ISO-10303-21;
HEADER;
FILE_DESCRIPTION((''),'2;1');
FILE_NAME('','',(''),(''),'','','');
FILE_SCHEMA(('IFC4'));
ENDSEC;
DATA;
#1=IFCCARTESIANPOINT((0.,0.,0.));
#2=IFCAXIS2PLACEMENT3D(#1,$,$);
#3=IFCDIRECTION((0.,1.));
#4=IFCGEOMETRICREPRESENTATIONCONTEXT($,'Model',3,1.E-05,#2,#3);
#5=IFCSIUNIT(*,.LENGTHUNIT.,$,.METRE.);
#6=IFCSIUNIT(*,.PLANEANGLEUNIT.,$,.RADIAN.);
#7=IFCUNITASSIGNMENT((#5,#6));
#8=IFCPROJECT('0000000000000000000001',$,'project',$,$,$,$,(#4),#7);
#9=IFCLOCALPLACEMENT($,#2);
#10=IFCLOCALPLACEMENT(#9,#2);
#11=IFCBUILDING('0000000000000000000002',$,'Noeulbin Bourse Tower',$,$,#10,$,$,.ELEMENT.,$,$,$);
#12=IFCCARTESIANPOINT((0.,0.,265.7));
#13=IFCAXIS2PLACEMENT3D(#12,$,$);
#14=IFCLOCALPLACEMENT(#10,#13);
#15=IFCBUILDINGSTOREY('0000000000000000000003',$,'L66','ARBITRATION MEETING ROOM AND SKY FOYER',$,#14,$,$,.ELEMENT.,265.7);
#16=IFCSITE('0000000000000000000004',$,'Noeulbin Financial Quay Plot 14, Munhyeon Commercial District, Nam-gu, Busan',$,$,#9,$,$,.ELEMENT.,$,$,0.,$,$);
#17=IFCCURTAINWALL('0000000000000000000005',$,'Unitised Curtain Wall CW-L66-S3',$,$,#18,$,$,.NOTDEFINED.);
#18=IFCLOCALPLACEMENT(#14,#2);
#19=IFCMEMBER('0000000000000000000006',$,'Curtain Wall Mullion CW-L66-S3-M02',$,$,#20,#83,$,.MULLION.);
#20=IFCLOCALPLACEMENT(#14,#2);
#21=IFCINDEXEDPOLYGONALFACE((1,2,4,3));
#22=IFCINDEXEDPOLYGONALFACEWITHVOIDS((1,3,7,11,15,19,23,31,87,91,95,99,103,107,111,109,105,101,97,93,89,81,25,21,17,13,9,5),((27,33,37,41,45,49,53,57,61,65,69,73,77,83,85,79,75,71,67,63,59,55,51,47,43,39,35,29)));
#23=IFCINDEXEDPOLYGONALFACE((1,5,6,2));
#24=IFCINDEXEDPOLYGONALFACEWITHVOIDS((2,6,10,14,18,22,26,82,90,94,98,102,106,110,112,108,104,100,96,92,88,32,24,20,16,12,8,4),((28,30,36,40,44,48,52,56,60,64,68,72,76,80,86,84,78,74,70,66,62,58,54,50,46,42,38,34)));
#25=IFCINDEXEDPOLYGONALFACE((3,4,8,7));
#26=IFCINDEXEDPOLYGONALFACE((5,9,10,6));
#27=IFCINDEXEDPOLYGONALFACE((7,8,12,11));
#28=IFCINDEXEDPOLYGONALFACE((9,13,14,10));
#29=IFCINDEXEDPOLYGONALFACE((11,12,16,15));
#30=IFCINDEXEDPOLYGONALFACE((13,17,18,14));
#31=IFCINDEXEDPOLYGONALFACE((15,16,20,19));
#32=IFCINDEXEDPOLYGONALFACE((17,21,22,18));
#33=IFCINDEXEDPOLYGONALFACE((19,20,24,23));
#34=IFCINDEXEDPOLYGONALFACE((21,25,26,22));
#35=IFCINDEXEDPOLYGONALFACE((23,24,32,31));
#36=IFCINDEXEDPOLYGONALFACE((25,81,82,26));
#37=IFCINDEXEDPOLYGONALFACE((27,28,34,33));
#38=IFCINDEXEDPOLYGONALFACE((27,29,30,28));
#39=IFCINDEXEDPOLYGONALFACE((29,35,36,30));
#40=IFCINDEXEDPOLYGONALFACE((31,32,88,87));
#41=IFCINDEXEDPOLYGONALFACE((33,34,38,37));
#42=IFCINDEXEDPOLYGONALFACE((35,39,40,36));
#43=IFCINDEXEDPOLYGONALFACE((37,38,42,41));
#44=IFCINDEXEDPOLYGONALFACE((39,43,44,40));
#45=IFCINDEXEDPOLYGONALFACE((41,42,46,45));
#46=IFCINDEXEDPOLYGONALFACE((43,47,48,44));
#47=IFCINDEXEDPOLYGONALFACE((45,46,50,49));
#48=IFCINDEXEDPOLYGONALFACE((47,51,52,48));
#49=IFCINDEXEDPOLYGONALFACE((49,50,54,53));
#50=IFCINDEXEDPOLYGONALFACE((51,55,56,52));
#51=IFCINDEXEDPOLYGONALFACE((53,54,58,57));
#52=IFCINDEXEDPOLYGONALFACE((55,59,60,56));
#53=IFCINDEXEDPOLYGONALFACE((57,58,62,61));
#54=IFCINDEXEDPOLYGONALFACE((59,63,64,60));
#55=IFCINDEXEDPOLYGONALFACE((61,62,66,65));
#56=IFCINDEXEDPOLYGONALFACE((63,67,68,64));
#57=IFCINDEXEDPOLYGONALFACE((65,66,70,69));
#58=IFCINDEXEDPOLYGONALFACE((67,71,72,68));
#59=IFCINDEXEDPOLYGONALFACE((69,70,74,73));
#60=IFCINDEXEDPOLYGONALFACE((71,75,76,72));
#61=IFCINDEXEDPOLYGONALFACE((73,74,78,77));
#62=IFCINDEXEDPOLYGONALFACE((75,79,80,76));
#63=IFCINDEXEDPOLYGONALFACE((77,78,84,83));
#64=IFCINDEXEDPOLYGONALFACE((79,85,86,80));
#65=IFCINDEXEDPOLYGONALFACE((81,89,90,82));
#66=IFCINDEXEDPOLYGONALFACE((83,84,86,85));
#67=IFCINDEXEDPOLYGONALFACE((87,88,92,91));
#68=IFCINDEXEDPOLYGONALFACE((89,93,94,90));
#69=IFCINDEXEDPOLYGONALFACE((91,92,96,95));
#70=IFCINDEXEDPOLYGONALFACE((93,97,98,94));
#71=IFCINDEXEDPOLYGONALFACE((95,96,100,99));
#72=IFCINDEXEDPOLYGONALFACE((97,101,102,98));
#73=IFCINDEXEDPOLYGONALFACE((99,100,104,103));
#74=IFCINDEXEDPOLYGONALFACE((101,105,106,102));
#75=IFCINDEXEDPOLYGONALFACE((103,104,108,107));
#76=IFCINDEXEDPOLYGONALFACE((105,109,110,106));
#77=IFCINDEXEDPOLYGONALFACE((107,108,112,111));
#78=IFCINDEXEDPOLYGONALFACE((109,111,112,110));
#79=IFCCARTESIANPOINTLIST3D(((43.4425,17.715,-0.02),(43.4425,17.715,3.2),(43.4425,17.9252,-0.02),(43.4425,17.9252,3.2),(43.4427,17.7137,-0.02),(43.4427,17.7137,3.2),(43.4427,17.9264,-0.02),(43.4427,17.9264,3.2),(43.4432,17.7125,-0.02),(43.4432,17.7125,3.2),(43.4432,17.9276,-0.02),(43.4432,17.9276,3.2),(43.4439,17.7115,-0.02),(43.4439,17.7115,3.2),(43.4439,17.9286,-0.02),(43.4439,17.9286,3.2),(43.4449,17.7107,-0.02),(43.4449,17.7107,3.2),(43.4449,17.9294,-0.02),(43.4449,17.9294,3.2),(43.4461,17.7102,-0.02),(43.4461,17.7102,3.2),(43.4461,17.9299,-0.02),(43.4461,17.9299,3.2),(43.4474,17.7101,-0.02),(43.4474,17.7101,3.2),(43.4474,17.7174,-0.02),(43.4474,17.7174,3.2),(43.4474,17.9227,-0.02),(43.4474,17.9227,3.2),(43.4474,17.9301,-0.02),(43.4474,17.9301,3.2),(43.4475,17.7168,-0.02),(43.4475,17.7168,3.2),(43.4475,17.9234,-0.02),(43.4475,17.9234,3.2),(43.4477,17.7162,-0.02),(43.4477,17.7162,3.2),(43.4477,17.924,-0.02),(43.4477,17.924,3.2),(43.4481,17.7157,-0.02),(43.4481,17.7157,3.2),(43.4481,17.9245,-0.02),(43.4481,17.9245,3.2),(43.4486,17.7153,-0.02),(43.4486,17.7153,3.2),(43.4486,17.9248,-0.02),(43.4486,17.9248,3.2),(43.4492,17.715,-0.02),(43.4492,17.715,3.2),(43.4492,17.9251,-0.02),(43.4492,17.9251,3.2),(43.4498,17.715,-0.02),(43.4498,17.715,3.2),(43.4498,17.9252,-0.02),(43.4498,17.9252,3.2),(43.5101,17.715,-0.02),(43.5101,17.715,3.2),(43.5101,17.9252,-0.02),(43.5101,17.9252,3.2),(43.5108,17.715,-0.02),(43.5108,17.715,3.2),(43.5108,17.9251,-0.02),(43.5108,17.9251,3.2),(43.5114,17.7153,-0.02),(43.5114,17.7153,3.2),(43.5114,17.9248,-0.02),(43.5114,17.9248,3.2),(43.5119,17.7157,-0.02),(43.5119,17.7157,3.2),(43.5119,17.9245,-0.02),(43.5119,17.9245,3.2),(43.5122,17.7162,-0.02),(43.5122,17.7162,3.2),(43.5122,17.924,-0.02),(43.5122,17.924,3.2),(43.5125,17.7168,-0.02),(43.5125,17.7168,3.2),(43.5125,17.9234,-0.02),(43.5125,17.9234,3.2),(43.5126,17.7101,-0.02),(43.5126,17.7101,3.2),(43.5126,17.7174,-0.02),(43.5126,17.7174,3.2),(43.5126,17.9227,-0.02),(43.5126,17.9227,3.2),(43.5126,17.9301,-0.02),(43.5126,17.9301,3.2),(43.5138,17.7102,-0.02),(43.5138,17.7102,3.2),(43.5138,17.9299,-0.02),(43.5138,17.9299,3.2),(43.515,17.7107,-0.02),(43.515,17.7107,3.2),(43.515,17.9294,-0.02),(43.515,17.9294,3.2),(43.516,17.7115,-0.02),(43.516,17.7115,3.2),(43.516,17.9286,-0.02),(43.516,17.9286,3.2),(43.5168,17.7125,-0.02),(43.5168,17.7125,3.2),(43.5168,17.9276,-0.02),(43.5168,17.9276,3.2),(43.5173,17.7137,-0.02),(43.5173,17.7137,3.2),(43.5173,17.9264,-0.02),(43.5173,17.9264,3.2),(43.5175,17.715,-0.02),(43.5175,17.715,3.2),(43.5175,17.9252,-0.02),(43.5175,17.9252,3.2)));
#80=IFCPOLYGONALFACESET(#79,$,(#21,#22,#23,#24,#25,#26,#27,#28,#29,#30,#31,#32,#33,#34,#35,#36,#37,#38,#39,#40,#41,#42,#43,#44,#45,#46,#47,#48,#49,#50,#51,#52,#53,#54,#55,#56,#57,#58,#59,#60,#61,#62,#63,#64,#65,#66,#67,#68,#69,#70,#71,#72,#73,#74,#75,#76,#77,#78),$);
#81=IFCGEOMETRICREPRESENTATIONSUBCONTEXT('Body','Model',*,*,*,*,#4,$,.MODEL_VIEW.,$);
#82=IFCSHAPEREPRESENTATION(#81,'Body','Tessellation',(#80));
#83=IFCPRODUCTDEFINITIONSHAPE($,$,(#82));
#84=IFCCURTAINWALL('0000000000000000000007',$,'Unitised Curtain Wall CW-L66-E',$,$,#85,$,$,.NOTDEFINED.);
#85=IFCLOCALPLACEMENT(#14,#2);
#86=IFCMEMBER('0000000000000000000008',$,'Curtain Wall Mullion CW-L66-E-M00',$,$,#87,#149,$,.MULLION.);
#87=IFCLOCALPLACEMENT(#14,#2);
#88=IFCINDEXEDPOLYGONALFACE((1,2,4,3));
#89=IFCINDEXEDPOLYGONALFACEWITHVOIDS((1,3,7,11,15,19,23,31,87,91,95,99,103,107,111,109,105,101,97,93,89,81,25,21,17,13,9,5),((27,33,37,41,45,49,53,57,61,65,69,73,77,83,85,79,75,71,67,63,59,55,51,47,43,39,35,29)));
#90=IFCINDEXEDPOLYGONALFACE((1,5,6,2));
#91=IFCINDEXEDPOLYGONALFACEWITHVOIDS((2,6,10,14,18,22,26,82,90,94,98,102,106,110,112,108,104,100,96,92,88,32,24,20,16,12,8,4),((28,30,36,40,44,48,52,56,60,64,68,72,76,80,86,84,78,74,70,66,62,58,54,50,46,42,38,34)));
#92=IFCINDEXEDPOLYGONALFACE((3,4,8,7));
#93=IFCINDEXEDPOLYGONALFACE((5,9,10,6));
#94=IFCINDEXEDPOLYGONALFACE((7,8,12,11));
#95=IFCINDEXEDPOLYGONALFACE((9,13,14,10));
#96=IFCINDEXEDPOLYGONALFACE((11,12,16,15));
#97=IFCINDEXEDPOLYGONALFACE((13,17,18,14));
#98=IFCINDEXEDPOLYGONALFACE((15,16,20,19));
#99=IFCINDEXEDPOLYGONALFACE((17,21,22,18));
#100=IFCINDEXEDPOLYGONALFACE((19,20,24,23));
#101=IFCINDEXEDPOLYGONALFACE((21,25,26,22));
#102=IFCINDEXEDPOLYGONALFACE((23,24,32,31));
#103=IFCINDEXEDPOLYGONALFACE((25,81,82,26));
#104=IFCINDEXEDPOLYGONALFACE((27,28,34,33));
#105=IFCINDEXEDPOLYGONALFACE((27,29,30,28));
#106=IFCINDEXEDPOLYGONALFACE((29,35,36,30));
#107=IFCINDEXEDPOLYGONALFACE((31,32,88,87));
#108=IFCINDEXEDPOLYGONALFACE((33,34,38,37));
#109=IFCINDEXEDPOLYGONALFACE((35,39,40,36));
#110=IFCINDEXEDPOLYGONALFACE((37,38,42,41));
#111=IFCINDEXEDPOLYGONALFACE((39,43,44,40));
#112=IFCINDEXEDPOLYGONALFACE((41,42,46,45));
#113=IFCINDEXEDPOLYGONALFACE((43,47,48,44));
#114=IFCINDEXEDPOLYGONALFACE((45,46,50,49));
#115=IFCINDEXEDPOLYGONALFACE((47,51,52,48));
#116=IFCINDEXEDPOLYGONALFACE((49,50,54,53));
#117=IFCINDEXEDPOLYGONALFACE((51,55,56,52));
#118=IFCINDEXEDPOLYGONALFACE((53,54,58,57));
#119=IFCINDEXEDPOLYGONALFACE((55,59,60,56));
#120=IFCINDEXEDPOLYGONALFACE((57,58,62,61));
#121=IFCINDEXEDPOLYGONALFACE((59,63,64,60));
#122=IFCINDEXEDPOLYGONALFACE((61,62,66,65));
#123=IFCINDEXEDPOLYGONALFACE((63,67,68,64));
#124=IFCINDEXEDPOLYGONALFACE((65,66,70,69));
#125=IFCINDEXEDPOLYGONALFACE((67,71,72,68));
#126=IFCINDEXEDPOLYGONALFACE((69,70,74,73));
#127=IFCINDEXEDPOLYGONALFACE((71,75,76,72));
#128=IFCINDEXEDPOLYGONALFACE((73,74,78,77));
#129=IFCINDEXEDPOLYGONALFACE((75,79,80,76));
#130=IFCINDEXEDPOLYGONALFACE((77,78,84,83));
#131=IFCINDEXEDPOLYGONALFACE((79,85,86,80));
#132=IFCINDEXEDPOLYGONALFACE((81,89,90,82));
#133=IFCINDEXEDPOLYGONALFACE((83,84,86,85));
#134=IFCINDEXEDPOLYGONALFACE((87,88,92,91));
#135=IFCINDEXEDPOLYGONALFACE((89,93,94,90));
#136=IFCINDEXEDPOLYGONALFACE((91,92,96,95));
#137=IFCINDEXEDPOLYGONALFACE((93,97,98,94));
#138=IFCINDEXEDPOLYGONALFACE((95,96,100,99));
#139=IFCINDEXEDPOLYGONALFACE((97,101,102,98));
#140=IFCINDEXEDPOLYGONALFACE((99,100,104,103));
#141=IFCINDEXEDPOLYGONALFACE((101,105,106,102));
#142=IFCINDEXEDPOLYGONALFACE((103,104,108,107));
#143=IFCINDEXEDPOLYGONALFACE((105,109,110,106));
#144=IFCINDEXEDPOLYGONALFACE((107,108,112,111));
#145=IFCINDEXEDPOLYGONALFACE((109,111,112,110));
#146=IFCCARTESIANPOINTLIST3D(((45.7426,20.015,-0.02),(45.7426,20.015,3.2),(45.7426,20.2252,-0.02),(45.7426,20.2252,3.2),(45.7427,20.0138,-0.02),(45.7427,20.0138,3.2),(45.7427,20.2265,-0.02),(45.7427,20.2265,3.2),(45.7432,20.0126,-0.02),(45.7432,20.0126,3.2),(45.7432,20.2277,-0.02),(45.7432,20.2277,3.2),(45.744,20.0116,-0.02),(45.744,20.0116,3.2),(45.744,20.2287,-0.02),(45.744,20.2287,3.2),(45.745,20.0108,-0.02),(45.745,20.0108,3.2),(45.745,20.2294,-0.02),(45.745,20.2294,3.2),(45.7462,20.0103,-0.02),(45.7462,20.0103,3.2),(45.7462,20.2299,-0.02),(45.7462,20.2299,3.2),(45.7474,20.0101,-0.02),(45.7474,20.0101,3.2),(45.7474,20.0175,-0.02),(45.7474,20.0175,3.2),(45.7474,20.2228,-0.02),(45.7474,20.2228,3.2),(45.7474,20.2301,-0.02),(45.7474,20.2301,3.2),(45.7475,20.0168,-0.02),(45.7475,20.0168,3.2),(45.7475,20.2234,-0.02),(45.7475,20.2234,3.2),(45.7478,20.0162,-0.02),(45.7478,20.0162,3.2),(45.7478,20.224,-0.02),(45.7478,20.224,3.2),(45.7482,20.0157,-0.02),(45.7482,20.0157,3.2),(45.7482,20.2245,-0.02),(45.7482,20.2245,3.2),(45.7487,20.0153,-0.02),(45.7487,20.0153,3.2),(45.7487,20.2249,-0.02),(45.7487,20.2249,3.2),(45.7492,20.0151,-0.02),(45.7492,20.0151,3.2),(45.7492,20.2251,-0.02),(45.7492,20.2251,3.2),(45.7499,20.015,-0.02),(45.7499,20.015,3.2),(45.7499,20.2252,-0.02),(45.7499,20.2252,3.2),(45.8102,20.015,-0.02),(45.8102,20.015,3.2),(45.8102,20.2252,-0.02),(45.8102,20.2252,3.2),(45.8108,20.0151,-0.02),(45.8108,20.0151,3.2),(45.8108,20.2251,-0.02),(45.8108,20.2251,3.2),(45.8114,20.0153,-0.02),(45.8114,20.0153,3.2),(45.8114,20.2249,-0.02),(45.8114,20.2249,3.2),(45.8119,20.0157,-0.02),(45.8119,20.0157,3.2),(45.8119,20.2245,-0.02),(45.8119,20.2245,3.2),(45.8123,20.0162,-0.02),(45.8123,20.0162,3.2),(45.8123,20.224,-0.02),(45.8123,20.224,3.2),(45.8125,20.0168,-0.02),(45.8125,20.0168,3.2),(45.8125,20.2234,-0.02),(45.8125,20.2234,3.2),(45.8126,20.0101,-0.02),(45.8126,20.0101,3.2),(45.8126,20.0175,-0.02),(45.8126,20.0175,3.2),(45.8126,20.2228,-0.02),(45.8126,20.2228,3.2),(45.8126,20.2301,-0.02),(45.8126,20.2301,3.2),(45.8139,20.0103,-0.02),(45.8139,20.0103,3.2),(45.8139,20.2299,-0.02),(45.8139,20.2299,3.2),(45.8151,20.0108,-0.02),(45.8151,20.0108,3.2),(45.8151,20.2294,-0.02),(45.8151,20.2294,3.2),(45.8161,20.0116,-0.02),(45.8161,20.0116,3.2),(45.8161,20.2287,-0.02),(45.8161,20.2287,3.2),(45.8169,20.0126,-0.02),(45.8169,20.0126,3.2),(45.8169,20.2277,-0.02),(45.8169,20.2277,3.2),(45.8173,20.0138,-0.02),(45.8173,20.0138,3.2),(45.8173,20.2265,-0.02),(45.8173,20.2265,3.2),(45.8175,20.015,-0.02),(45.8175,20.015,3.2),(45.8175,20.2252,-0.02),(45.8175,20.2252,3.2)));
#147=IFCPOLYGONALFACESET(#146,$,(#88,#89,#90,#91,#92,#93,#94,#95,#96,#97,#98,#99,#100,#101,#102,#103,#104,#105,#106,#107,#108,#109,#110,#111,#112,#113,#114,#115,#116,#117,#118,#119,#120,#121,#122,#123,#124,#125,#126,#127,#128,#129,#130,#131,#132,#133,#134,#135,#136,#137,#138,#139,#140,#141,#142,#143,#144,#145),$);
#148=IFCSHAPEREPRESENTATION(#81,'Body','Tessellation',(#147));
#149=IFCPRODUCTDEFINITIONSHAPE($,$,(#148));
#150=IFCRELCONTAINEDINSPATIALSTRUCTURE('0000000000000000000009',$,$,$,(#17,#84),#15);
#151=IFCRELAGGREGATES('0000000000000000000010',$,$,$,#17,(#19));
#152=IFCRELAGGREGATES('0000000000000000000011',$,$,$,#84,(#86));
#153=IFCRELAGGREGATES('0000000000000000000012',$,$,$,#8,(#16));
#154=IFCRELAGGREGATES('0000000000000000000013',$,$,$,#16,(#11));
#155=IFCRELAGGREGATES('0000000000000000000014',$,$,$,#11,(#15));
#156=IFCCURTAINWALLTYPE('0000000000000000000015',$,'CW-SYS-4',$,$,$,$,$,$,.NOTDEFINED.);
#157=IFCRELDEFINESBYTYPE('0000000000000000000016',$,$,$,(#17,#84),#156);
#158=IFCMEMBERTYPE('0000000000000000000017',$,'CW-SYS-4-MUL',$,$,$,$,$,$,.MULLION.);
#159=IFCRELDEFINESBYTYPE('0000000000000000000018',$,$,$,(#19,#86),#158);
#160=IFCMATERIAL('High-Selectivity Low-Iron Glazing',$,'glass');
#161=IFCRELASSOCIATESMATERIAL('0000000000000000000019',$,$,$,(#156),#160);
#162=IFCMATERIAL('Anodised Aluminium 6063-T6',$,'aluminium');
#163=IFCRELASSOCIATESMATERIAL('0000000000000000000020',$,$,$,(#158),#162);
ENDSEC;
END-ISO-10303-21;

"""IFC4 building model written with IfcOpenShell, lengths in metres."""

from ifc_helpers import new_model, si_unit, direction, frame, origin, origin_2d, place, context, subcontext, project, spatial, hollow_rectangle, extrude, material, material_profile, profile_set, type_object, element, aggregate, save


model = new_model("IFC4")

# Units and contexts
model_context = context("Model", 3, precision=1e-05, world=origin(), true_north=direction((0.0, 1.0)))
body_context = subcontext(model_context, "Body", "Model", "MODEL_VIEW")
ifc_project = project(units=[si_unit("LENGTHUNIT", "METRE"), si_unit("PLANEANGLEUNIT", "RADIAN")], contexts=[model_context])

# Site, building, storey
site_placement = place(None, origin())
site = spatial("IfcSite", under=ifc_project, at=site_placement, Name="Noeulbin Financial Quay Plot 14, Munhyeon Commercial District, Nam-gu, Busan", CompositionType="ELEMENT", RefElevation=0.0)
building_placement = place(site_placement, origin())
building = spatial("IfcBuilding", under=site, at=building_placement, Name="Noeulbin Bourse Tower", CompositionType="ELEMENT")
storey_placement = place(building_placement, frame((0.0, 0.0, 265.7)))
storey = spatial("IfcBuildingStorey", under=building, at=storey_placement, Name="L66", Description="ARBITRATION MEETING ROOM AND SKY FOYER", CompositionType="ELEMENT", Elevation=265.7)

# Curtain walls, members
ifc_material_1 = material(Name="High-Selectivity Low-Iron Glazing", Category="glass")
curtain_wall_type = type_object("IfcCurtainWallType", Name="CW-SYS-4", PredefinedType="NOTDEFINED", material=ifc_material_1)
curtain_wall_1_placement = place(storey_placement, origin())
curtain_wall_1 = element("IfcCurtainWall", 1, at=curtain_wall_1_placement, inside=storey, type_object=curtain_wall_type, Name="Unitised Curtain Wall CW-L66-S3", PredefinedType="NOTDEFINED")
ifc_material_2 = material(Name="Anodised Aluminium 6063-T6", Category="aluminium")
ifc_material_profile_1 = material_profile(ifc_material_2, hollow_rectangle(XDim=0.075, YDim=0.22, WallThickness=0.0049, InnerFilletRadius=0.0024, OuterFilletRadius=0.0049, at=origin_2d()), Name="ALU-MULL-75x220x5", Category="LoadBearing")
ifc_profile_set_1 = profile_set([ifc_material_profile_1], Name="Anodised Aluminium 6063-T6")
member_type_1 = type_object("IfcMemberType", Name="CW-SYS-4-MUL", PredefinedType="MULLION", material=ifc_profile_set_1)
member_1_placement = place(storey_placement, frame((43.48, 17.8201, -0.02), z_axis=(0.0, 0.0, 1.0), x_axis=(1.0, 0.0, 0.0)))
member_1 = element("IfcMember", 2, at=member_1_placement, type_object=member_type_1, Name="Curtain Wall Mullion CW-L66-S3-M02", PredefinedType="MULLION", context=body_context, shape_type="SweptSolid", body=[
    extrude(hollow_rectangle(XDim=0.075, YDim=0.22, WallThickness=0.0049, InnerFilletRadius=0.0024, OuterFilletRadius=0.0049, at=origin_2d()), origin(), (0.0, 0.0, 1.0), 3.22),
])
curtain_wall_2_placement = place(storey_placement, origin())
curtain_wall_2 = element("IfcCurtainWall", 3, at=curtain_wall_2_placement, inside=storey, type_object=curtain_wall_type, Name="Unitised Curtain Wall CW-L66-E", PredefinedType="NOTDEFINED")
member_2_placement = place(storey_placement, frame((45.78, 20.1201, -0.02), z_axis=(0.0, 0.0, 1.0), x_axis=(1.0, 0.0, 0.0)))
member_2 = element("IfcMember", 4, at=member_2_placement, type_object=member_type_1, Name="Curtain Wall Mullion CW-L66-E-M00", PredefinedType="MULLION", context=body_context, shape_type="SweptSolid", body=[
    extrude(hollow_rectangle(XDim=0.075, YDim=0.22, WallThickness=0.0049, InnerFilletRadius=0.0024, OuterFilletRadius=0.0049, at=origin_2d()), origin(), (0.0, 0.0, 1.0), 3.22),
])

aggregate(curtain_wall_1, [member_1])
aggregate(curtain_wall_2, [member_2])

save(model, "model.ifc")
